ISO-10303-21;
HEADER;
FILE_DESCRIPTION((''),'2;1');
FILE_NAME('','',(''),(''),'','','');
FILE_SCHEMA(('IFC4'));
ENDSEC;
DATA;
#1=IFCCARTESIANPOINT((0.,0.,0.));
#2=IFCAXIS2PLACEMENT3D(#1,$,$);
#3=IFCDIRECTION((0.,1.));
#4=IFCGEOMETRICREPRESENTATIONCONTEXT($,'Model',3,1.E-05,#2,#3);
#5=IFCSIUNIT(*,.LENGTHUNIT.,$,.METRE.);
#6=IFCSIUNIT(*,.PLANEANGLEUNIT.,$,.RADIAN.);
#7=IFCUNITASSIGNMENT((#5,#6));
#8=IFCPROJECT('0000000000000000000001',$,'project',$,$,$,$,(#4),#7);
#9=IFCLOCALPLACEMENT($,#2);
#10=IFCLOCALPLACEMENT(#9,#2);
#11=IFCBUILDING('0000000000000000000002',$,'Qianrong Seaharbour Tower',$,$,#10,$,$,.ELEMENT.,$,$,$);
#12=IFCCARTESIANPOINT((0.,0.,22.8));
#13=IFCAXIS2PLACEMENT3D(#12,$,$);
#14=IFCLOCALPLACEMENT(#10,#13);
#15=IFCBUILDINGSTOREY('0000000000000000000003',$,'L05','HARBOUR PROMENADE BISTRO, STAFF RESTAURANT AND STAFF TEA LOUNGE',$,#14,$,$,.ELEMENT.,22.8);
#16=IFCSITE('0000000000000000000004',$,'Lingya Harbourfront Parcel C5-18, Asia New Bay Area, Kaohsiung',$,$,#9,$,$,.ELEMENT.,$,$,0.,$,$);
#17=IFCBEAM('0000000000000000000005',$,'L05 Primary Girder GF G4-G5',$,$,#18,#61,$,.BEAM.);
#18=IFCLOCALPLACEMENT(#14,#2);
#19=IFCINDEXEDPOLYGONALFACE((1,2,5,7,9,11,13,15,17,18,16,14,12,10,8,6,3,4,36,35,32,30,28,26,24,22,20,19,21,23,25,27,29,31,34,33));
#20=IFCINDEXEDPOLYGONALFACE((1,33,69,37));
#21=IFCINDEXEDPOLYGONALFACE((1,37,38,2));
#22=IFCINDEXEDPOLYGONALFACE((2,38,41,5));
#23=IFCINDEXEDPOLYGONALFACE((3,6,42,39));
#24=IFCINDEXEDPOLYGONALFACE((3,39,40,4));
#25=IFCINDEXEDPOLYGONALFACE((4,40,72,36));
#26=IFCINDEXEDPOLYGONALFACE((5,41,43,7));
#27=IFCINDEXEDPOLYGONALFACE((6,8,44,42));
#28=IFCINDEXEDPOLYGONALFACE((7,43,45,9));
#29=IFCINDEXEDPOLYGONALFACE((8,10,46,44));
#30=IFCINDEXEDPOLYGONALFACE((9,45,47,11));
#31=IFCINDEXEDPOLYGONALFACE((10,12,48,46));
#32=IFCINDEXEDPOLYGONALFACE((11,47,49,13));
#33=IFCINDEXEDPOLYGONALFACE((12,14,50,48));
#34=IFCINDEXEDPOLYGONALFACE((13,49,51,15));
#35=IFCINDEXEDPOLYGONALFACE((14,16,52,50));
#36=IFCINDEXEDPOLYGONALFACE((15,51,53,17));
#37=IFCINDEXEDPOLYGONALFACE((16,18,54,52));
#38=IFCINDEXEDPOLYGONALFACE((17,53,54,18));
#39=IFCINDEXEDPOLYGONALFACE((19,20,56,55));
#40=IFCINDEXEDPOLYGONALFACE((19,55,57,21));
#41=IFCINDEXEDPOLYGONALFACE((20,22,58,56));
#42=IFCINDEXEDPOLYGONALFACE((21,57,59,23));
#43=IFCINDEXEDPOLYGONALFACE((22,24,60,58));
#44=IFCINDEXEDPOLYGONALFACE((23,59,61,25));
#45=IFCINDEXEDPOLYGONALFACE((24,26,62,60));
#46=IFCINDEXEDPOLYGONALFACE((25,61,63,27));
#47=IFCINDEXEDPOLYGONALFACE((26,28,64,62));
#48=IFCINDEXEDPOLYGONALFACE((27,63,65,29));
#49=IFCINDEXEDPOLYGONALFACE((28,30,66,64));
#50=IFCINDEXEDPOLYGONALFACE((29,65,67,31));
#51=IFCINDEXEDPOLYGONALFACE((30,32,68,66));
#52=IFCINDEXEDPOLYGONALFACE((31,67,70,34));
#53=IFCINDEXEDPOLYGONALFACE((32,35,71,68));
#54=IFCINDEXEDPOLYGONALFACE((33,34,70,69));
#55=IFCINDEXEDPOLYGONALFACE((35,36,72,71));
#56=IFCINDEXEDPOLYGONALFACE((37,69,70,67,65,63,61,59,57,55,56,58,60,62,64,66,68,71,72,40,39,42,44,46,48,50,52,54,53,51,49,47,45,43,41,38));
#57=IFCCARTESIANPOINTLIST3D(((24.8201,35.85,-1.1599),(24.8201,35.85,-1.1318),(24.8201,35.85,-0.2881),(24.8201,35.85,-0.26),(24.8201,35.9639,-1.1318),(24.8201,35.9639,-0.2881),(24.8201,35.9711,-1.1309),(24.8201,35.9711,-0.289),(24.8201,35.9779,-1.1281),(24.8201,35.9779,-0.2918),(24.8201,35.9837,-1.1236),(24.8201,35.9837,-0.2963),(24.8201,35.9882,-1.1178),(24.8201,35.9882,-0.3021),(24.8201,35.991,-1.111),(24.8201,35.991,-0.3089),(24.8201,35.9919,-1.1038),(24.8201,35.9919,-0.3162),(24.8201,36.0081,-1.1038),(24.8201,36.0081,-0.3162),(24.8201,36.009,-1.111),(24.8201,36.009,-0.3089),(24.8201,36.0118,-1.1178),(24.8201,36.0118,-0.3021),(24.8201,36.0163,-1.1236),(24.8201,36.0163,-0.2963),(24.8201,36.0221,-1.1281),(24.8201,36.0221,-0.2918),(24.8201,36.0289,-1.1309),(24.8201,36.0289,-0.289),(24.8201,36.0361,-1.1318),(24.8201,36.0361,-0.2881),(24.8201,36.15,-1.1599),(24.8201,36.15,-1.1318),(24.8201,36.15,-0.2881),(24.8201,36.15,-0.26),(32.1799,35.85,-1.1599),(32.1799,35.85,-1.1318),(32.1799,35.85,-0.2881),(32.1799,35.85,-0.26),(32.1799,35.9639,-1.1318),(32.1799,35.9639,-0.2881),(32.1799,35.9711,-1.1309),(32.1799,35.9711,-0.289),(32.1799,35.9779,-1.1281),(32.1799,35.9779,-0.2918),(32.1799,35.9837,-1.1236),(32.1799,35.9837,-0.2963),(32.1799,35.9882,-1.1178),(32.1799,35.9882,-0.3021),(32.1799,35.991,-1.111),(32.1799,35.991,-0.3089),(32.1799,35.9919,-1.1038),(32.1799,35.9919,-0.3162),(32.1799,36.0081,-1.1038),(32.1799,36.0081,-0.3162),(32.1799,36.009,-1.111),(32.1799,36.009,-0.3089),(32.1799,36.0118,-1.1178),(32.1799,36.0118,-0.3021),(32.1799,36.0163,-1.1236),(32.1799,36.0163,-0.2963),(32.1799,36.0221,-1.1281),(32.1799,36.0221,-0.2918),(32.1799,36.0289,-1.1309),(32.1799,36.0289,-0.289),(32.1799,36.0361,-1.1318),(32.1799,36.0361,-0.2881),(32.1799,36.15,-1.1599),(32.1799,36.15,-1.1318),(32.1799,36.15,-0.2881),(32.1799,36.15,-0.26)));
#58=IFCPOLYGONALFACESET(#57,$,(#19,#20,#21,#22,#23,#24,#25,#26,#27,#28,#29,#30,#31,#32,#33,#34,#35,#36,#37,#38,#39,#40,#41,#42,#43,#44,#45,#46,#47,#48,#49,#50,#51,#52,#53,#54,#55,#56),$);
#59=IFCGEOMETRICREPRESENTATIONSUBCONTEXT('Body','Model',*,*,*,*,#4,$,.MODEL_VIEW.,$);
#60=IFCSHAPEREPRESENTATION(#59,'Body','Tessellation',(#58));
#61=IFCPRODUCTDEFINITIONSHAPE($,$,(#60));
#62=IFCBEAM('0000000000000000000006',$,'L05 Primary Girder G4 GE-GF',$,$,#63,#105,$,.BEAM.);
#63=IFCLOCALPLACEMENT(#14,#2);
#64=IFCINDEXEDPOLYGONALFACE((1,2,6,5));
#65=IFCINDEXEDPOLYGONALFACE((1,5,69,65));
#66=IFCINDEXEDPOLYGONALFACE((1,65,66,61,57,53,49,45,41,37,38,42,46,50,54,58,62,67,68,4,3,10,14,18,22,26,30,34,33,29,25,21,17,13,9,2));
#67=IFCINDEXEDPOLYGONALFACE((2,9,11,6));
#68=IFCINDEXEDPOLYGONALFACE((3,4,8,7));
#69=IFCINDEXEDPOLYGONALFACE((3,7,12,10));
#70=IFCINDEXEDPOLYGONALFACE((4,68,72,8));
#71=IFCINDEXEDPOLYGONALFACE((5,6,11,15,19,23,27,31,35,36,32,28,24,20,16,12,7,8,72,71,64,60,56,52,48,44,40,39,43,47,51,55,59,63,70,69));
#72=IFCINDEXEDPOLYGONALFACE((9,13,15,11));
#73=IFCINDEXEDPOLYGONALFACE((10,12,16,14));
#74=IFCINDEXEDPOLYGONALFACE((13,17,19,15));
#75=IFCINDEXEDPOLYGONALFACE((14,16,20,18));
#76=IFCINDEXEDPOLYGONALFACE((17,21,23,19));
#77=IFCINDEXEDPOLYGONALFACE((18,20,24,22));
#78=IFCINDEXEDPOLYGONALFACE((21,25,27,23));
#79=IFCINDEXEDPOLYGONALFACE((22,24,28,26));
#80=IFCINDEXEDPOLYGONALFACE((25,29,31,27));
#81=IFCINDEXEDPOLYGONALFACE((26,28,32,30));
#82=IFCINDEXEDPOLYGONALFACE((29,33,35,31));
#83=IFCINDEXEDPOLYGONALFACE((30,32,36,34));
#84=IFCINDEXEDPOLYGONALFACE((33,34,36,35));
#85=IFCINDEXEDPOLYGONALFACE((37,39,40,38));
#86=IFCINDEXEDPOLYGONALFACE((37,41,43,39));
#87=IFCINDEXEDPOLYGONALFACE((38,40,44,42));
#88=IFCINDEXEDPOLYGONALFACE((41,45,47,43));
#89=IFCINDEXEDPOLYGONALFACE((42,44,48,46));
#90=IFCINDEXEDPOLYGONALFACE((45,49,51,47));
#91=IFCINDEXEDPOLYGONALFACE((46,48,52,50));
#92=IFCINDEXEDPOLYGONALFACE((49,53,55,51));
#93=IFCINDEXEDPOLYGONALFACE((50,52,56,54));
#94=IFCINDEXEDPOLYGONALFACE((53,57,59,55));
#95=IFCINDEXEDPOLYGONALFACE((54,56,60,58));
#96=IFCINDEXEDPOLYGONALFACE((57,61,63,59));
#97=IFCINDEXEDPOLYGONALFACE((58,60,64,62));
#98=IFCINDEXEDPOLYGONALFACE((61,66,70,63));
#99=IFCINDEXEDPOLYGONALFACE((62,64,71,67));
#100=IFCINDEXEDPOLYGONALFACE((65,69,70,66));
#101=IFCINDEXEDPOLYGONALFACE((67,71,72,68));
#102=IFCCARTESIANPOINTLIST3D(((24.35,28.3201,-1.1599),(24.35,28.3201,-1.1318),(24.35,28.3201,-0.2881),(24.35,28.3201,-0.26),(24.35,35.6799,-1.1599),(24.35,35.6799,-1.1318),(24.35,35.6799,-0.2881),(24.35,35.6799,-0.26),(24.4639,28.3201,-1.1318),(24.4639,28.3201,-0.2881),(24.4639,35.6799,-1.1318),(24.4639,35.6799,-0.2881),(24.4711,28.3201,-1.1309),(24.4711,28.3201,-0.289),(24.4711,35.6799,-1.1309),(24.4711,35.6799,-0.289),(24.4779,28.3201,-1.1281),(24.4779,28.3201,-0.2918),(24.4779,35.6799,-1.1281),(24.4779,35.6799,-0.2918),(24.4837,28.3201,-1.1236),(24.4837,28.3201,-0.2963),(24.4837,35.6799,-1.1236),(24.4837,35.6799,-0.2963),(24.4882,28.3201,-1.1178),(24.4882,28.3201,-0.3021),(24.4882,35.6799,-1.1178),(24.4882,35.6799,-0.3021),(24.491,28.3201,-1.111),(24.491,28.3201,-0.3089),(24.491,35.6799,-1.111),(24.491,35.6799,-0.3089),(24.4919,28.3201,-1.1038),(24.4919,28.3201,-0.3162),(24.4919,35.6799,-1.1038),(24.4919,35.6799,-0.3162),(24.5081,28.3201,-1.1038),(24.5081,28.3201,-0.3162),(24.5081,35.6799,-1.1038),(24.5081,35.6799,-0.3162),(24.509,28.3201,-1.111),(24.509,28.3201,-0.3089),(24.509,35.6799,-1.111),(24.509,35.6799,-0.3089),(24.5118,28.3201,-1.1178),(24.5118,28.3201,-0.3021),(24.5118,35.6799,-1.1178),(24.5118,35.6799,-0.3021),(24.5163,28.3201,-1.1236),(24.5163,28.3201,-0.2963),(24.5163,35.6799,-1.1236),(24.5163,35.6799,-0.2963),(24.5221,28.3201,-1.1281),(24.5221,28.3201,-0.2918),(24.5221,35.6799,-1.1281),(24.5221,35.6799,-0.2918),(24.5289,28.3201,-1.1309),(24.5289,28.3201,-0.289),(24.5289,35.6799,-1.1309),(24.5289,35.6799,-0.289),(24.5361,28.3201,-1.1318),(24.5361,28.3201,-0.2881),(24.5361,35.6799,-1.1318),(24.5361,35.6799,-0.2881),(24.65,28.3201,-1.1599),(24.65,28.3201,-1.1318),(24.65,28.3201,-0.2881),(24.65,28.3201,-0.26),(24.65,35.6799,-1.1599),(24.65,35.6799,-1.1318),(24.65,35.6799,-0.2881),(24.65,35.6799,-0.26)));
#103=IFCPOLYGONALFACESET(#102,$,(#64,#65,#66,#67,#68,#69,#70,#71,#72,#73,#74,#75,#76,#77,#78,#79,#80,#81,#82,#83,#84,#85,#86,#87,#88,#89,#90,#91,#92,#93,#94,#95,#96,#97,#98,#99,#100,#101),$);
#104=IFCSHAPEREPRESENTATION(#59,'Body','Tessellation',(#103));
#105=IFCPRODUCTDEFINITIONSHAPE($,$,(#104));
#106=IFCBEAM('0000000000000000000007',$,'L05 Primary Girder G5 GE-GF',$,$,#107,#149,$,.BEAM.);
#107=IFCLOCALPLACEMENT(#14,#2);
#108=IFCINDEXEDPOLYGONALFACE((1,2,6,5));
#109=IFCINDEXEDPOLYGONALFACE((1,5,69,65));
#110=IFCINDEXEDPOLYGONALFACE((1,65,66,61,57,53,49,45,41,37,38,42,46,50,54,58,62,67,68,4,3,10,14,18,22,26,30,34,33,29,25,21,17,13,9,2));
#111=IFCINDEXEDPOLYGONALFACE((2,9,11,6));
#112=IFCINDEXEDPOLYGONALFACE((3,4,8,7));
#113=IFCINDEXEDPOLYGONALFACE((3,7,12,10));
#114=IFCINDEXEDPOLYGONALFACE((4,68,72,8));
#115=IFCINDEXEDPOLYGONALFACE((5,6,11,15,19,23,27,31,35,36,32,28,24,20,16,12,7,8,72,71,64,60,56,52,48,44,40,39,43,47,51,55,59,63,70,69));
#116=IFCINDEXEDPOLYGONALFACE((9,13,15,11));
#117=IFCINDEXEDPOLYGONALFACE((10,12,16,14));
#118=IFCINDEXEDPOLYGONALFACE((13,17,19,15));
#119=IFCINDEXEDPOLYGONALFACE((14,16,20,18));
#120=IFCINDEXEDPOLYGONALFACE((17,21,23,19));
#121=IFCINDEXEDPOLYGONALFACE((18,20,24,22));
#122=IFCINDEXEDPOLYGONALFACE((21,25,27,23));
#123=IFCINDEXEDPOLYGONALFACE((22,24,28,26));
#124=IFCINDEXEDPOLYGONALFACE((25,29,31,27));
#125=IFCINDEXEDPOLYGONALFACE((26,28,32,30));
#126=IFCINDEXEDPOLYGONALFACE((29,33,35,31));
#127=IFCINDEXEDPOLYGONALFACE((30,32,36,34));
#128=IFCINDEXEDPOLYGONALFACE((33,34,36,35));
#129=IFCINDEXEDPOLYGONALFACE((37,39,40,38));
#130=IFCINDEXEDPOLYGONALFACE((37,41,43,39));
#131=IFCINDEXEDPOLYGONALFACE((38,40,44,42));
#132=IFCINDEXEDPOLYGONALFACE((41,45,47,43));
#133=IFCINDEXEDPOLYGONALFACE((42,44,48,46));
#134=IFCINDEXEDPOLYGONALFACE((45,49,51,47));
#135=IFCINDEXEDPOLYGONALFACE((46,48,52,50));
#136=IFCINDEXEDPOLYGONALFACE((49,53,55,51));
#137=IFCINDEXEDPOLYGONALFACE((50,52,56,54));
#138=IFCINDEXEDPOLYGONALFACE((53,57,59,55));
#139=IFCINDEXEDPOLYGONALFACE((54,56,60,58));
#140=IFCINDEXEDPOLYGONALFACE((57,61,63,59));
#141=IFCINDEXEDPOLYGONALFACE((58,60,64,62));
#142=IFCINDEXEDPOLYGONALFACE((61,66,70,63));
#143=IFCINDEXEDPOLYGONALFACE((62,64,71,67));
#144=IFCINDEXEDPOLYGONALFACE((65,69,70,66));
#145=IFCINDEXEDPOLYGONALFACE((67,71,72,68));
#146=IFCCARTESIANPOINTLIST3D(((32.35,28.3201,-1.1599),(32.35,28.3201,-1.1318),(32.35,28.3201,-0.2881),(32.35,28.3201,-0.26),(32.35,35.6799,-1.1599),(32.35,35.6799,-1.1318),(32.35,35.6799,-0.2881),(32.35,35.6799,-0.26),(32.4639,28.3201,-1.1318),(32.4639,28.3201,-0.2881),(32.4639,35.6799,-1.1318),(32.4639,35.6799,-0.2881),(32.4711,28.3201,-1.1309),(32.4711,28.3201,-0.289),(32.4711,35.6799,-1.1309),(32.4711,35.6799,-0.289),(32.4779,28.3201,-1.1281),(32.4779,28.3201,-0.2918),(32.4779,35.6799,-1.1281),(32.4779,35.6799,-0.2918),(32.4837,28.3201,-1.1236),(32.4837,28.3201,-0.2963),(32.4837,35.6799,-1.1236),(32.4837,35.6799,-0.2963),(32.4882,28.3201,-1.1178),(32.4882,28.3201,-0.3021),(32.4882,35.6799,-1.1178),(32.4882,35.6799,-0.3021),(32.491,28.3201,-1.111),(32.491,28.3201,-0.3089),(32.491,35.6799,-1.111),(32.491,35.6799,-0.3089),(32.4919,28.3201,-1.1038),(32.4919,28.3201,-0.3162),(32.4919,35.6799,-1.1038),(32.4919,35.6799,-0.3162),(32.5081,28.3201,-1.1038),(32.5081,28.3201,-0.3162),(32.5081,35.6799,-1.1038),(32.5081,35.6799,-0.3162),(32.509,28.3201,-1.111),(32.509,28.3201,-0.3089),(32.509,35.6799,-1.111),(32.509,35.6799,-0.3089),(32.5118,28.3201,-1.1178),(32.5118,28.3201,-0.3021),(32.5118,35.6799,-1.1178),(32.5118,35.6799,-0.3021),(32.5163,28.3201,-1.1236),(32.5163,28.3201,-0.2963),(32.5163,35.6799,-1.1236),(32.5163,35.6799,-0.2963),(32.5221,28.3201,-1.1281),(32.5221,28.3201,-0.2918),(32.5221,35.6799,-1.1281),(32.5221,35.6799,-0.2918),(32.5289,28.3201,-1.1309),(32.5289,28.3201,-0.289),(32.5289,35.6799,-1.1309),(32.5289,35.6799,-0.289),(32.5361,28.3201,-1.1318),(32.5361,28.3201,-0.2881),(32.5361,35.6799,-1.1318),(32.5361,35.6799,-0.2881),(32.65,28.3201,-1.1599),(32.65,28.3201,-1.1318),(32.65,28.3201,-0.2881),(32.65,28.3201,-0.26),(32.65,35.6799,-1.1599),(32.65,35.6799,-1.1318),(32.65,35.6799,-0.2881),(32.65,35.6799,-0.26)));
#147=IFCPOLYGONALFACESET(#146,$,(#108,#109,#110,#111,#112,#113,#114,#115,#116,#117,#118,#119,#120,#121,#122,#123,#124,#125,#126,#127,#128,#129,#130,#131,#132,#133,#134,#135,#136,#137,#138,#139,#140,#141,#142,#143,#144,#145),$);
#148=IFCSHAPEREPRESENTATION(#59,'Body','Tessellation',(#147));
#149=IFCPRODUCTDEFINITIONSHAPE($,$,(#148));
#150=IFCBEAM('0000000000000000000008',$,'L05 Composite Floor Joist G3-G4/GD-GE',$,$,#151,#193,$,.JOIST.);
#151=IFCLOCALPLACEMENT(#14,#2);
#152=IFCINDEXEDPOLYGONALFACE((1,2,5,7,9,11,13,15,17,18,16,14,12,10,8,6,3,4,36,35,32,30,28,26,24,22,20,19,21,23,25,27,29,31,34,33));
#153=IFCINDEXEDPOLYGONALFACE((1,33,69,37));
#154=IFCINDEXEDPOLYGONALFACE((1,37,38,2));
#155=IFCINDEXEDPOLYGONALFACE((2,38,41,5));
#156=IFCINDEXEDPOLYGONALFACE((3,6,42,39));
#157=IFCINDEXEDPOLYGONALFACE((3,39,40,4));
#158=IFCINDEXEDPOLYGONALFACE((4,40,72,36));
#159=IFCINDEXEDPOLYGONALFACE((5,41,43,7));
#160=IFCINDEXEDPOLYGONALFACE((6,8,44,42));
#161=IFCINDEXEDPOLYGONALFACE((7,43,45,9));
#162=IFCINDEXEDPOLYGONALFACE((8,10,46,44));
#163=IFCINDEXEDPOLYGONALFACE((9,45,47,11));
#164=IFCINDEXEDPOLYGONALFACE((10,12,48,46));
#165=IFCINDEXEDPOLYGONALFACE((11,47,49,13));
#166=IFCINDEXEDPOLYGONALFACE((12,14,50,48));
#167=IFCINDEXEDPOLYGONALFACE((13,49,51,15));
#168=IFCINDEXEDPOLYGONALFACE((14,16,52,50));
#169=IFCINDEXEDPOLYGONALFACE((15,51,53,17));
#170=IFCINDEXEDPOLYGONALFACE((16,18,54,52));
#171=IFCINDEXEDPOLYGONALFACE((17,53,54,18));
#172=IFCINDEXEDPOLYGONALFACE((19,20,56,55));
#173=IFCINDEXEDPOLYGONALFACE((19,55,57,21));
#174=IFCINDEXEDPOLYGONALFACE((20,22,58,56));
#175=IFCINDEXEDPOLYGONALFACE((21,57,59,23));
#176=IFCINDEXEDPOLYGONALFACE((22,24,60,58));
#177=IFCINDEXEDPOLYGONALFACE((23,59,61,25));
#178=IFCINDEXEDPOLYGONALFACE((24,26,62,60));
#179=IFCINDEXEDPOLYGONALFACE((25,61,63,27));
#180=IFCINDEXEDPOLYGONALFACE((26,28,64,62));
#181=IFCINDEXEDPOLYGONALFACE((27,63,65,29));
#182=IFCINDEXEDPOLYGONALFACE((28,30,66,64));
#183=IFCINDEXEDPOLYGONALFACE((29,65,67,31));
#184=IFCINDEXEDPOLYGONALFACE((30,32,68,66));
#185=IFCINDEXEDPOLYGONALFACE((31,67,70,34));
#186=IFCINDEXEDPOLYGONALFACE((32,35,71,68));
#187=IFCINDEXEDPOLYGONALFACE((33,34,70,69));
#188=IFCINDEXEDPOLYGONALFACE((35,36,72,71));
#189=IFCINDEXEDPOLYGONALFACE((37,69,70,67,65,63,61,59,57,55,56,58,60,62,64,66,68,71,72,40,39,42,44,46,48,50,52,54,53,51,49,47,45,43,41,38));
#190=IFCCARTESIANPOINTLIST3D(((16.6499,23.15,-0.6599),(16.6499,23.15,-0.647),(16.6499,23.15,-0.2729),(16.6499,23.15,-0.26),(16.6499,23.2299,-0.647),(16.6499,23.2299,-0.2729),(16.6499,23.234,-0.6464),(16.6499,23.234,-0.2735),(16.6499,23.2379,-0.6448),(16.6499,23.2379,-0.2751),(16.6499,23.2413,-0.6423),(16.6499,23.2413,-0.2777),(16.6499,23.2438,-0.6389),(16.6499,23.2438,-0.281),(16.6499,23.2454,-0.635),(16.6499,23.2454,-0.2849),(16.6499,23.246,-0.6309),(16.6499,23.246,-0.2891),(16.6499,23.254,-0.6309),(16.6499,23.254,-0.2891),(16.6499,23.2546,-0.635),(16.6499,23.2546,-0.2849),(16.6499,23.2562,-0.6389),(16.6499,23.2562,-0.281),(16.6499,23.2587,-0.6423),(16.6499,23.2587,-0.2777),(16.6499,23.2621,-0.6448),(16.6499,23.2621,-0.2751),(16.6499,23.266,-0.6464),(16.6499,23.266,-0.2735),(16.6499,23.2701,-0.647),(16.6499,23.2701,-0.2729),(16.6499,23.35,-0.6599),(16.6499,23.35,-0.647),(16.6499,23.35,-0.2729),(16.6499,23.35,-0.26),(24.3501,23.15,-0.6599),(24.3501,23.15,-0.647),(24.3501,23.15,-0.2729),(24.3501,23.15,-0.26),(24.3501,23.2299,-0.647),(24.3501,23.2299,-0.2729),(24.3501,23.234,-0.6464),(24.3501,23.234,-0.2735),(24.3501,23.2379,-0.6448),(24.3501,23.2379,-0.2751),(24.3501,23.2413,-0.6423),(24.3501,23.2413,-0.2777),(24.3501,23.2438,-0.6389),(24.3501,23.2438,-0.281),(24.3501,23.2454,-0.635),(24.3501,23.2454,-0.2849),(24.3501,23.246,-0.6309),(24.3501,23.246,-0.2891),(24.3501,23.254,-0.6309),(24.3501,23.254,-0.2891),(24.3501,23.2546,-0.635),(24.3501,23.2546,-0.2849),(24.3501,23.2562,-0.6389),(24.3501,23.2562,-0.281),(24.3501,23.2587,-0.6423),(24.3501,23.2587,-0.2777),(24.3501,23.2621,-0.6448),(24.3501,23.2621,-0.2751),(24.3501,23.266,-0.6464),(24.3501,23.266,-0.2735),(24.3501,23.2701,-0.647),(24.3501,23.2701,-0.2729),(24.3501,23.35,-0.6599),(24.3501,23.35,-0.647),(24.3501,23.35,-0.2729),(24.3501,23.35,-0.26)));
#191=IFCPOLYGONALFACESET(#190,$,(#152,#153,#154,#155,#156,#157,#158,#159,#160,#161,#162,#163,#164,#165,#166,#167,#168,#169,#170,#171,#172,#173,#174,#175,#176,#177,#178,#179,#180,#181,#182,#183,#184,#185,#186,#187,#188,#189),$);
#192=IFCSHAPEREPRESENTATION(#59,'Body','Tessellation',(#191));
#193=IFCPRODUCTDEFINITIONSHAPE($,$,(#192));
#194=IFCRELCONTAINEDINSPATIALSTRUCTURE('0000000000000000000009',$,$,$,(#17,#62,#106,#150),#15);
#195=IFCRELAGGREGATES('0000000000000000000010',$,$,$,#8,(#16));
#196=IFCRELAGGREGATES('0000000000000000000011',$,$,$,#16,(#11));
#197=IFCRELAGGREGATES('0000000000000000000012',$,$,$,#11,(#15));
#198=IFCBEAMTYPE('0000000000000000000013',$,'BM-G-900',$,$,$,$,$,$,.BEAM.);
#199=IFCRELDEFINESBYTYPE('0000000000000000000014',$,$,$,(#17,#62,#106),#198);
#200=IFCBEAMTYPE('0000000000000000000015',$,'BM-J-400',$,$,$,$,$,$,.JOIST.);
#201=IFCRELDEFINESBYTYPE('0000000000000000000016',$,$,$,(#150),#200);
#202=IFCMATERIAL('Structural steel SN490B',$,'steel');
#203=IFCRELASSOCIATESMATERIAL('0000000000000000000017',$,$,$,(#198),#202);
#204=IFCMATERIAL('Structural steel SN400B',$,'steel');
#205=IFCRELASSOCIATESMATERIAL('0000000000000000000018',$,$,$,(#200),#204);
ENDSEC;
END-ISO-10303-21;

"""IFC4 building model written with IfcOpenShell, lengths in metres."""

from ifc_helpers import new_model, si_unit, direction, frame, origin, origin_2d, place, context, subcontext, project, spatial, i_section, extrude, material, material_profile, profile_set, type_object, element, save


model = new_model("IFC4")

# Units and contexts
model_context = context("Model", 3, precision=1e-05, world=origin(), true_north=direction((0.0, 1.0)))
body_context = subcontext(model_context, "Body", "Model", "MODEL_VIEW")
ifc_project = project(units=[si_unit("LENGTHUNIT", "METRE"), si_unit("PLANEANGLEUNIT", "RADIAN")], contexts=[model_context])

# Site, building, storey
site_placement = place(None, origin())
site = spatial("IfcSite", under=ifc_project, at=site_placement, Name="Lingya Harbourfront Parcel C5-18, Asia New Bay Area, Kaohsiung", CompositionType="ELEMENT", RefElevation=0.0)
building_placement = place(site_placement, origin())
building = spatial("IfcBuilding", under=site, at=building_placement, Name="Qianrong Seaharbour Tower", CompositionType="ELEMENT")
storey_placement = place(building_placement, frame((0.0, 0.0, 22.8)))
storey = spatial("IfcBuildingStorey", under=building, at=storey_placement, Name="L05", Description="HARBOUR PROMENADE BISTRO, STAFF RESTAURANT AND STAFF TEA LOUNGE", CompositionType="ELEMENT", Elevation=22.8)

# Shared definitions
ifc_material_1 = material(Name="Structural steel SN490B", Category="steel")

# Beams
ifc_material_profile_1 = material_profile(ifc_material_1, i_section(OverallWidth=0.3, OverallDepth=0.8999, WebThickness=0.0161, FlangeThickness=0.0281, FilletRadius=0.0281, at=origin_2d()), Name="H900x300x16x28")
ifc_profile_set_1 = profile_set([ifc_material_profile_1], Name="Structural steel SN490B")
beam_type_1 = type_object("IfcBeamType", Name="BM-G-900", PredefinedType="BEAM", material=ifc_profile_set_1)
for number, where, z_axis, x_axis, name in (
    (1, (24.8201, 36.0, -0.71), (1.0, 0.0, 0.0), (0.0, 1.0, 0.0), "L05 Primary Girder GF G4-G5"),
    (2, (24.5, 28.3201, -0.71), (0.0, 1.0, 0.0), (-1.0, 0.0, 0.0), "L05 Primary Girder G4 GE-GF"),
    (3, (32.5, 28.3201, -0.71), (0.0, 1.0, 0.0), (-1.0, 0.0, 0.0), "L05 Primary Girder G5 GE-GF"),
):
    element("IfcBeam", number, at=place(storey_placement, frame(where, z_axis=z_axis, x_axis=x_axis)), inside=storey, type_object=beam_type_1, Name=name, PredefinedType="BEAM", context=body_context, shape_type="SweptSolid", body=[
        extrude(i_section(OverallWidth=0.3, OverallDepth=0.8999, WebThickness=0.0161, FlangeThickness=0.0281, FilletRadius=0.0281, at=origin_2d()), origin(), (0.0, 0.0, 1.0), 7.3599),
    ])
ifc_material_2 = material(Name="Structural steel SN400B", Category="steel")
ifc_material_profile_2 = material_profile(ifc_material_2, i_section(OverallWidth=0.2, OverallDepth=0.3999, WebThickness=0.0081, FlangeThickness=0.0129, FilletRadius=0.0161, at=origin_2d()), Name="H400x200x8x13")
ifc_profile_set_2 = profile_set([ifc_material_profile_2], Name="Structural steel SN400B")
beam_type_2 = type_object("IfcBeamType", Name="BM-J-400", PredefinedType="JOIST", material=ifc_profile_set_2)
for number, where, z_axis, x_axis, name in (
    (4, (16.6499, 23.25, -0.46), (1.0, 0.0, 0.0), (0.0, 1.0, 0.0), "L05 Composite Floor Joist G3-G4/GD-GE"),
):
    element("IfcBeam", number, at=place(storey_placement, frame(where, z_axis=z_axis, x_axis=x_axis)), inside=storey, type_object=beam_type_2, Name=name, PredefinedType="JOIST", context=body_context, shape_type="SweptSolid", body=[
        extrude(i_section(OverallWidth=0.2, OverallDepth=0.3999, WebThickness=0.0081, FlangeThickness=0.0129, FilletRadius=0.0161, at=origin_2d()), origin(), (0.0, 0.0, 1.0), 7.7002),
    ])

save(model, "model.ifc")
